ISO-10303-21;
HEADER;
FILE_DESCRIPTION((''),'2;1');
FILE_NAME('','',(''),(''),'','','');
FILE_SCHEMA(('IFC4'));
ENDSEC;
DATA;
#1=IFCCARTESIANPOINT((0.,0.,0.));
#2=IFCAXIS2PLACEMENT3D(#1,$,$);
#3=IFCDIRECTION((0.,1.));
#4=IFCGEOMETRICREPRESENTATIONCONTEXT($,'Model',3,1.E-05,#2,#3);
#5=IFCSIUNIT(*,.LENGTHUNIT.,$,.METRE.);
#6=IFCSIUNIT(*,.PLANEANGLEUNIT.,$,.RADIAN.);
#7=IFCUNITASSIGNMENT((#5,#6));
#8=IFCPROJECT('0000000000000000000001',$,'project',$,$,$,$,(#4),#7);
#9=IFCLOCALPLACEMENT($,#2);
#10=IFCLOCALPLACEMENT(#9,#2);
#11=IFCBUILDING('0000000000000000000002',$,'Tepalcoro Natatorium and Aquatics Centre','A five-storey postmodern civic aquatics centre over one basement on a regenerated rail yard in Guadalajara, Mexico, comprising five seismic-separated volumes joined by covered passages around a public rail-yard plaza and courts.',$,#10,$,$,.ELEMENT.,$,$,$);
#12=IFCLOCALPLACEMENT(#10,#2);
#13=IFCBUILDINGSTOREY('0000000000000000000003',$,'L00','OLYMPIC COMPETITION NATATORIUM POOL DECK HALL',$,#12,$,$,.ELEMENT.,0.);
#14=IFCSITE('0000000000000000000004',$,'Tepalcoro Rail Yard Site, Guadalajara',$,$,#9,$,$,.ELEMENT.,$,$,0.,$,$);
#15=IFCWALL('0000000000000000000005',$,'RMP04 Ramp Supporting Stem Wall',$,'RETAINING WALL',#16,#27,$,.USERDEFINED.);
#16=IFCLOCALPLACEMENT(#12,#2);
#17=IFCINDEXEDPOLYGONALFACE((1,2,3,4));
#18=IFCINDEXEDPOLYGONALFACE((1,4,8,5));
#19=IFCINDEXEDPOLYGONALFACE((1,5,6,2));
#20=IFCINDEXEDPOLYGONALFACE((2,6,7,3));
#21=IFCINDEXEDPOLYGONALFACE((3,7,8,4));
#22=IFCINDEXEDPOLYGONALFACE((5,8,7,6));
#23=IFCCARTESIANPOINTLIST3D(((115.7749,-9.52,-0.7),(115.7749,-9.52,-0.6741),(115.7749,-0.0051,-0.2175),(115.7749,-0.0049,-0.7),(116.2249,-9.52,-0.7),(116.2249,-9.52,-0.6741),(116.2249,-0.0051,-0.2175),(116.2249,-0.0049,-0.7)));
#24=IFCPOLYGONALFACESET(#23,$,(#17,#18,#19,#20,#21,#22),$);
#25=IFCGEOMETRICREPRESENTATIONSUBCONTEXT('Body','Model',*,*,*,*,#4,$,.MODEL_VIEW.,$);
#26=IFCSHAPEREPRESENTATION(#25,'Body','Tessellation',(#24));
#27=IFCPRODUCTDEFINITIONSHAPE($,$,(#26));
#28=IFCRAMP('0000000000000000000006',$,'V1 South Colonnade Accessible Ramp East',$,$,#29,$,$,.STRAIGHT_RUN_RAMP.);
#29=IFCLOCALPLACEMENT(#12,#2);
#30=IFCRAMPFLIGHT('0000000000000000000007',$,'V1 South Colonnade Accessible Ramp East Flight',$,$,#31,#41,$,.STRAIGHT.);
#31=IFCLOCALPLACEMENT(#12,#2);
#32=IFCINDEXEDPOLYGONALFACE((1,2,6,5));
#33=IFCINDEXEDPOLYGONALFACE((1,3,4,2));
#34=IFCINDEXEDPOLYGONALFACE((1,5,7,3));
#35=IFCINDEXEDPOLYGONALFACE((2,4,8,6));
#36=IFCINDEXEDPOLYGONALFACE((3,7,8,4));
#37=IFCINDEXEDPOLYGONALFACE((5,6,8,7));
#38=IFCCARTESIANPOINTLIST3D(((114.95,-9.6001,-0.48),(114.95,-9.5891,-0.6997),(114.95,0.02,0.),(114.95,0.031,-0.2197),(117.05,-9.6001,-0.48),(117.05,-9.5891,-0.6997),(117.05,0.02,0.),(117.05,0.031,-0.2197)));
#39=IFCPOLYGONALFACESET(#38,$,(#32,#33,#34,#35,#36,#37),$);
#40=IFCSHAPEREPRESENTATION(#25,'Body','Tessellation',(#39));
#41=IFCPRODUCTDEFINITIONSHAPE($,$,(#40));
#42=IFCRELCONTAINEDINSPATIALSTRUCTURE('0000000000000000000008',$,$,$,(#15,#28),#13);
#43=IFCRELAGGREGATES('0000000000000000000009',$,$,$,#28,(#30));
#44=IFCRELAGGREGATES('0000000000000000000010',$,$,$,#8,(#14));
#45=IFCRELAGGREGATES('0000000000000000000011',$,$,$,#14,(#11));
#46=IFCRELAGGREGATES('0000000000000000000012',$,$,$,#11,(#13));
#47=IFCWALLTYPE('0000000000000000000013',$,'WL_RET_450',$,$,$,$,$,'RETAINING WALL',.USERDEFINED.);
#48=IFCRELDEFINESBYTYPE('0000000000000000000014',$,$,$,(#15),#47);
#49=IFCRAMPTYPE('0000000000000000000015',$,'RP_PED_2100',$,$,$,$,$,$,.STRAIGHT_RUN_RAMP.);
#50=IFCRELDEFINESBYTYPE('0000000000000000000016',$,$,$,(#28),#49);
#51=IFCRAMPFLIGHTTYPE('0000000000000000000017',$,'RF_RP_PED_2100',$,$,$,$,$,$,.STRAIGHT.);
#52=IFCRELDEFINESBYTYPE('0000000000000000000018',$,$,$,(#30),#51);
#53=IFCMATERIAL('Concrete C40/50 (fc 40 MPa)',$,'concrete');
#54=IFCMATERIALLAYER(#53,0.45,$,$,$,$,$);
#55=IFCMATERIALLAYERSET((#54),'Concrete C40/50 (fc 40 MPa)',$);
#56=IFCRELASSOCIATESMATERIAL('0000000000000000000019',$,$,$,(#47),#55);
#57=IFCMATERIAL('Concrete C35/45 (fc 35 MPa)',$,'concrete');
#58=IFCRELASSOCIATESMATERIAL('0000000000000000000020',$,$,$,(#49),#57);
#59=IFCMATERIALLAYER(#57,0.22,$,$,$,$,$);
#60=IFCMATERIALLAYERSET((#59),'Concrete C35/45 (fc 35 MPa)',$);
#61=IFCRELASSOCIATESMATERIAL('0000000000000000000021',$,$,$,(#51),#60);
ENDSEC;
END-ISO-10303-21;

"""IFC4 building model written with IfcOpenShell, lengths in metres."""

from ifc_helpers import new_model, si_unit, direction, frame, origin, place, context, subcontext, project, spatial, polyline, outline, extrude, material, layer, layer_set, type_object, element, aggregate, save


model = new_model("IFC4")

# Units and contexts
model_context = context("Model", 3, precision=1e-05, world=origin(), true_north=direction((0.0, 1.0)))
body_context = subcontext(model_context, "Body", "Model", "MODEL_VIEW")
ifc_project = project(units=[si_unit("LENGTHUNIT", "METRE"), si_unit("PLANEANGLEUNIT", "RADIAN")], contexts=[model_context])

# Site, building, storey
site_placement = place(None, origin())
site = spatial("IfcSite", under=ifc_project, at=site_placement, Name="Tepalcoro Rail Yard Site, Guadalajara", CompositionType="ELEMENT", RefElevation=0.0)
building_placement = place(site_placement, origin())
building = spatial("IfcBuilding", under=site, at=building_placement, Name="Tepalcoro Natatorium and Aquatics Centre", Description="A five-storey postmodern civic aquatics centre over one basement on a regenerated rail yard in Guadalajara, Mexico, comprising five seismic-separated volumes joined by covered passages around a public rail-yard plaza and courts.", CompositionType="ELEMENT")
storey_placement = place(building_placement, origin())
storey = spatial("IfcBuildingStorey", under=building, at=storey_placement, Name="L00", Description="OLYMPIC COMPETITION NATATORIUM POOL DECK HALL", CompositionType="ELEMENT", Elevation=0.0)

# Shared definitions
ifc_material_1 = material(Name="Concrete C40/50 (fc 40 MPa)", Category="concrete")

# Wall
ifc_layer_1 = layer(ifc_material_1, 0.45)
ifc_layer_set_1 = layer_set([ifc_layer_1], Name="Concrete C40/50 (fc 40 MPa)")
wall_type = type_object("IfcWallType", Name="WL_RET_450", ElementType="RETAINING WALL", PredefinedType="USERDEFINED", material=ifc_layer_set_1)
wall_placement = place(storey_placement, frame((116.0, -9.52, -0.7), z_axis=(0.0, 0.0, 1.0), x_axis=(0.0, 1.0, 0.0)))
element("IfcWall", 1, at=wall_placement, inside=storey, type_object=wall_type, Name="RMP04 Ramp Supporting Stem Wall", ObjectType="RETAINING WALL", PredefinedType="USERDEFINED", context=body_context, shape_type="SweptSolid", body=[
    extrude(outline(polyline([(0.0, 0.0), (9.5151, 0.0), (9.5149, 0.4824), (0.0, 0.0259), (0.0, 0.0)])), frame((0.0, 0.2251, 0.0), z_axis=(0.0, -1.0, 0.0), x_axis=(1.0, 0.0, 0.0)), (0.0, 0.0, 1.0), 0.45),
])

# Ramp, ramp flight
ifc_material_2 = material(Name="Concrete C35/45 (fc 35 MPa)", Category="concrete")
ramp_type = type_object("IfcRampType", Name="RP_PED_2100", PredefinedType="STRAIGHT_RUN_RAMP", material=ifc_material_2)
ramp_placement = place(storey_placement, origin())
ramp = element("IfcRamp", 2, at=ramp_placement, inside=storey, type_object=ramp_type, Name="V1 South Colonnade Accessible Ramp East", PredefinedType="STRAIGHT_RUN_RAMP")
ifc_layer_2 = layer(ifc_material_2, 0.22)
ifc_layer_set_2 = layer_set([ifc_layer_2], Name="Concrete C35/45 (fc 35 MPa)")
ramp_flight_type = type_object("IfcRampFlightType", Name="RF_RP_PED_2100", PredefinedType="STRAIGHT", material=ifc_layer_set_2)
ramp_flight_placement = place(storey_placement, frame((117.05, -9.6001, -0.48), z_axis=(0.0, -0.049831, 0.998758), x_axis=(0.0, 0.998758, 0.049831)))
ramp_flight = element("IfcRampFlight", 3, at=ramp_flight_placement, type_object=ramp_flight_type, Name="V1 South Colonnade Accessible Ramp East Flight", PredefinedType="STRAIGHT", context=body_context, shape_type="SweptSolid", body=[
    extrude(outline(polyline([(0.0, 0.0), (9.6321, 0.0), (9.6321, 2.1001), (0.0, 2.1001), (0.0, 0.0)])), origin(), (0.0, 0.0, -1.0), 0.22),
])
aggregate(ramp, [ramp_flight])

save(model, "model.ifc")
